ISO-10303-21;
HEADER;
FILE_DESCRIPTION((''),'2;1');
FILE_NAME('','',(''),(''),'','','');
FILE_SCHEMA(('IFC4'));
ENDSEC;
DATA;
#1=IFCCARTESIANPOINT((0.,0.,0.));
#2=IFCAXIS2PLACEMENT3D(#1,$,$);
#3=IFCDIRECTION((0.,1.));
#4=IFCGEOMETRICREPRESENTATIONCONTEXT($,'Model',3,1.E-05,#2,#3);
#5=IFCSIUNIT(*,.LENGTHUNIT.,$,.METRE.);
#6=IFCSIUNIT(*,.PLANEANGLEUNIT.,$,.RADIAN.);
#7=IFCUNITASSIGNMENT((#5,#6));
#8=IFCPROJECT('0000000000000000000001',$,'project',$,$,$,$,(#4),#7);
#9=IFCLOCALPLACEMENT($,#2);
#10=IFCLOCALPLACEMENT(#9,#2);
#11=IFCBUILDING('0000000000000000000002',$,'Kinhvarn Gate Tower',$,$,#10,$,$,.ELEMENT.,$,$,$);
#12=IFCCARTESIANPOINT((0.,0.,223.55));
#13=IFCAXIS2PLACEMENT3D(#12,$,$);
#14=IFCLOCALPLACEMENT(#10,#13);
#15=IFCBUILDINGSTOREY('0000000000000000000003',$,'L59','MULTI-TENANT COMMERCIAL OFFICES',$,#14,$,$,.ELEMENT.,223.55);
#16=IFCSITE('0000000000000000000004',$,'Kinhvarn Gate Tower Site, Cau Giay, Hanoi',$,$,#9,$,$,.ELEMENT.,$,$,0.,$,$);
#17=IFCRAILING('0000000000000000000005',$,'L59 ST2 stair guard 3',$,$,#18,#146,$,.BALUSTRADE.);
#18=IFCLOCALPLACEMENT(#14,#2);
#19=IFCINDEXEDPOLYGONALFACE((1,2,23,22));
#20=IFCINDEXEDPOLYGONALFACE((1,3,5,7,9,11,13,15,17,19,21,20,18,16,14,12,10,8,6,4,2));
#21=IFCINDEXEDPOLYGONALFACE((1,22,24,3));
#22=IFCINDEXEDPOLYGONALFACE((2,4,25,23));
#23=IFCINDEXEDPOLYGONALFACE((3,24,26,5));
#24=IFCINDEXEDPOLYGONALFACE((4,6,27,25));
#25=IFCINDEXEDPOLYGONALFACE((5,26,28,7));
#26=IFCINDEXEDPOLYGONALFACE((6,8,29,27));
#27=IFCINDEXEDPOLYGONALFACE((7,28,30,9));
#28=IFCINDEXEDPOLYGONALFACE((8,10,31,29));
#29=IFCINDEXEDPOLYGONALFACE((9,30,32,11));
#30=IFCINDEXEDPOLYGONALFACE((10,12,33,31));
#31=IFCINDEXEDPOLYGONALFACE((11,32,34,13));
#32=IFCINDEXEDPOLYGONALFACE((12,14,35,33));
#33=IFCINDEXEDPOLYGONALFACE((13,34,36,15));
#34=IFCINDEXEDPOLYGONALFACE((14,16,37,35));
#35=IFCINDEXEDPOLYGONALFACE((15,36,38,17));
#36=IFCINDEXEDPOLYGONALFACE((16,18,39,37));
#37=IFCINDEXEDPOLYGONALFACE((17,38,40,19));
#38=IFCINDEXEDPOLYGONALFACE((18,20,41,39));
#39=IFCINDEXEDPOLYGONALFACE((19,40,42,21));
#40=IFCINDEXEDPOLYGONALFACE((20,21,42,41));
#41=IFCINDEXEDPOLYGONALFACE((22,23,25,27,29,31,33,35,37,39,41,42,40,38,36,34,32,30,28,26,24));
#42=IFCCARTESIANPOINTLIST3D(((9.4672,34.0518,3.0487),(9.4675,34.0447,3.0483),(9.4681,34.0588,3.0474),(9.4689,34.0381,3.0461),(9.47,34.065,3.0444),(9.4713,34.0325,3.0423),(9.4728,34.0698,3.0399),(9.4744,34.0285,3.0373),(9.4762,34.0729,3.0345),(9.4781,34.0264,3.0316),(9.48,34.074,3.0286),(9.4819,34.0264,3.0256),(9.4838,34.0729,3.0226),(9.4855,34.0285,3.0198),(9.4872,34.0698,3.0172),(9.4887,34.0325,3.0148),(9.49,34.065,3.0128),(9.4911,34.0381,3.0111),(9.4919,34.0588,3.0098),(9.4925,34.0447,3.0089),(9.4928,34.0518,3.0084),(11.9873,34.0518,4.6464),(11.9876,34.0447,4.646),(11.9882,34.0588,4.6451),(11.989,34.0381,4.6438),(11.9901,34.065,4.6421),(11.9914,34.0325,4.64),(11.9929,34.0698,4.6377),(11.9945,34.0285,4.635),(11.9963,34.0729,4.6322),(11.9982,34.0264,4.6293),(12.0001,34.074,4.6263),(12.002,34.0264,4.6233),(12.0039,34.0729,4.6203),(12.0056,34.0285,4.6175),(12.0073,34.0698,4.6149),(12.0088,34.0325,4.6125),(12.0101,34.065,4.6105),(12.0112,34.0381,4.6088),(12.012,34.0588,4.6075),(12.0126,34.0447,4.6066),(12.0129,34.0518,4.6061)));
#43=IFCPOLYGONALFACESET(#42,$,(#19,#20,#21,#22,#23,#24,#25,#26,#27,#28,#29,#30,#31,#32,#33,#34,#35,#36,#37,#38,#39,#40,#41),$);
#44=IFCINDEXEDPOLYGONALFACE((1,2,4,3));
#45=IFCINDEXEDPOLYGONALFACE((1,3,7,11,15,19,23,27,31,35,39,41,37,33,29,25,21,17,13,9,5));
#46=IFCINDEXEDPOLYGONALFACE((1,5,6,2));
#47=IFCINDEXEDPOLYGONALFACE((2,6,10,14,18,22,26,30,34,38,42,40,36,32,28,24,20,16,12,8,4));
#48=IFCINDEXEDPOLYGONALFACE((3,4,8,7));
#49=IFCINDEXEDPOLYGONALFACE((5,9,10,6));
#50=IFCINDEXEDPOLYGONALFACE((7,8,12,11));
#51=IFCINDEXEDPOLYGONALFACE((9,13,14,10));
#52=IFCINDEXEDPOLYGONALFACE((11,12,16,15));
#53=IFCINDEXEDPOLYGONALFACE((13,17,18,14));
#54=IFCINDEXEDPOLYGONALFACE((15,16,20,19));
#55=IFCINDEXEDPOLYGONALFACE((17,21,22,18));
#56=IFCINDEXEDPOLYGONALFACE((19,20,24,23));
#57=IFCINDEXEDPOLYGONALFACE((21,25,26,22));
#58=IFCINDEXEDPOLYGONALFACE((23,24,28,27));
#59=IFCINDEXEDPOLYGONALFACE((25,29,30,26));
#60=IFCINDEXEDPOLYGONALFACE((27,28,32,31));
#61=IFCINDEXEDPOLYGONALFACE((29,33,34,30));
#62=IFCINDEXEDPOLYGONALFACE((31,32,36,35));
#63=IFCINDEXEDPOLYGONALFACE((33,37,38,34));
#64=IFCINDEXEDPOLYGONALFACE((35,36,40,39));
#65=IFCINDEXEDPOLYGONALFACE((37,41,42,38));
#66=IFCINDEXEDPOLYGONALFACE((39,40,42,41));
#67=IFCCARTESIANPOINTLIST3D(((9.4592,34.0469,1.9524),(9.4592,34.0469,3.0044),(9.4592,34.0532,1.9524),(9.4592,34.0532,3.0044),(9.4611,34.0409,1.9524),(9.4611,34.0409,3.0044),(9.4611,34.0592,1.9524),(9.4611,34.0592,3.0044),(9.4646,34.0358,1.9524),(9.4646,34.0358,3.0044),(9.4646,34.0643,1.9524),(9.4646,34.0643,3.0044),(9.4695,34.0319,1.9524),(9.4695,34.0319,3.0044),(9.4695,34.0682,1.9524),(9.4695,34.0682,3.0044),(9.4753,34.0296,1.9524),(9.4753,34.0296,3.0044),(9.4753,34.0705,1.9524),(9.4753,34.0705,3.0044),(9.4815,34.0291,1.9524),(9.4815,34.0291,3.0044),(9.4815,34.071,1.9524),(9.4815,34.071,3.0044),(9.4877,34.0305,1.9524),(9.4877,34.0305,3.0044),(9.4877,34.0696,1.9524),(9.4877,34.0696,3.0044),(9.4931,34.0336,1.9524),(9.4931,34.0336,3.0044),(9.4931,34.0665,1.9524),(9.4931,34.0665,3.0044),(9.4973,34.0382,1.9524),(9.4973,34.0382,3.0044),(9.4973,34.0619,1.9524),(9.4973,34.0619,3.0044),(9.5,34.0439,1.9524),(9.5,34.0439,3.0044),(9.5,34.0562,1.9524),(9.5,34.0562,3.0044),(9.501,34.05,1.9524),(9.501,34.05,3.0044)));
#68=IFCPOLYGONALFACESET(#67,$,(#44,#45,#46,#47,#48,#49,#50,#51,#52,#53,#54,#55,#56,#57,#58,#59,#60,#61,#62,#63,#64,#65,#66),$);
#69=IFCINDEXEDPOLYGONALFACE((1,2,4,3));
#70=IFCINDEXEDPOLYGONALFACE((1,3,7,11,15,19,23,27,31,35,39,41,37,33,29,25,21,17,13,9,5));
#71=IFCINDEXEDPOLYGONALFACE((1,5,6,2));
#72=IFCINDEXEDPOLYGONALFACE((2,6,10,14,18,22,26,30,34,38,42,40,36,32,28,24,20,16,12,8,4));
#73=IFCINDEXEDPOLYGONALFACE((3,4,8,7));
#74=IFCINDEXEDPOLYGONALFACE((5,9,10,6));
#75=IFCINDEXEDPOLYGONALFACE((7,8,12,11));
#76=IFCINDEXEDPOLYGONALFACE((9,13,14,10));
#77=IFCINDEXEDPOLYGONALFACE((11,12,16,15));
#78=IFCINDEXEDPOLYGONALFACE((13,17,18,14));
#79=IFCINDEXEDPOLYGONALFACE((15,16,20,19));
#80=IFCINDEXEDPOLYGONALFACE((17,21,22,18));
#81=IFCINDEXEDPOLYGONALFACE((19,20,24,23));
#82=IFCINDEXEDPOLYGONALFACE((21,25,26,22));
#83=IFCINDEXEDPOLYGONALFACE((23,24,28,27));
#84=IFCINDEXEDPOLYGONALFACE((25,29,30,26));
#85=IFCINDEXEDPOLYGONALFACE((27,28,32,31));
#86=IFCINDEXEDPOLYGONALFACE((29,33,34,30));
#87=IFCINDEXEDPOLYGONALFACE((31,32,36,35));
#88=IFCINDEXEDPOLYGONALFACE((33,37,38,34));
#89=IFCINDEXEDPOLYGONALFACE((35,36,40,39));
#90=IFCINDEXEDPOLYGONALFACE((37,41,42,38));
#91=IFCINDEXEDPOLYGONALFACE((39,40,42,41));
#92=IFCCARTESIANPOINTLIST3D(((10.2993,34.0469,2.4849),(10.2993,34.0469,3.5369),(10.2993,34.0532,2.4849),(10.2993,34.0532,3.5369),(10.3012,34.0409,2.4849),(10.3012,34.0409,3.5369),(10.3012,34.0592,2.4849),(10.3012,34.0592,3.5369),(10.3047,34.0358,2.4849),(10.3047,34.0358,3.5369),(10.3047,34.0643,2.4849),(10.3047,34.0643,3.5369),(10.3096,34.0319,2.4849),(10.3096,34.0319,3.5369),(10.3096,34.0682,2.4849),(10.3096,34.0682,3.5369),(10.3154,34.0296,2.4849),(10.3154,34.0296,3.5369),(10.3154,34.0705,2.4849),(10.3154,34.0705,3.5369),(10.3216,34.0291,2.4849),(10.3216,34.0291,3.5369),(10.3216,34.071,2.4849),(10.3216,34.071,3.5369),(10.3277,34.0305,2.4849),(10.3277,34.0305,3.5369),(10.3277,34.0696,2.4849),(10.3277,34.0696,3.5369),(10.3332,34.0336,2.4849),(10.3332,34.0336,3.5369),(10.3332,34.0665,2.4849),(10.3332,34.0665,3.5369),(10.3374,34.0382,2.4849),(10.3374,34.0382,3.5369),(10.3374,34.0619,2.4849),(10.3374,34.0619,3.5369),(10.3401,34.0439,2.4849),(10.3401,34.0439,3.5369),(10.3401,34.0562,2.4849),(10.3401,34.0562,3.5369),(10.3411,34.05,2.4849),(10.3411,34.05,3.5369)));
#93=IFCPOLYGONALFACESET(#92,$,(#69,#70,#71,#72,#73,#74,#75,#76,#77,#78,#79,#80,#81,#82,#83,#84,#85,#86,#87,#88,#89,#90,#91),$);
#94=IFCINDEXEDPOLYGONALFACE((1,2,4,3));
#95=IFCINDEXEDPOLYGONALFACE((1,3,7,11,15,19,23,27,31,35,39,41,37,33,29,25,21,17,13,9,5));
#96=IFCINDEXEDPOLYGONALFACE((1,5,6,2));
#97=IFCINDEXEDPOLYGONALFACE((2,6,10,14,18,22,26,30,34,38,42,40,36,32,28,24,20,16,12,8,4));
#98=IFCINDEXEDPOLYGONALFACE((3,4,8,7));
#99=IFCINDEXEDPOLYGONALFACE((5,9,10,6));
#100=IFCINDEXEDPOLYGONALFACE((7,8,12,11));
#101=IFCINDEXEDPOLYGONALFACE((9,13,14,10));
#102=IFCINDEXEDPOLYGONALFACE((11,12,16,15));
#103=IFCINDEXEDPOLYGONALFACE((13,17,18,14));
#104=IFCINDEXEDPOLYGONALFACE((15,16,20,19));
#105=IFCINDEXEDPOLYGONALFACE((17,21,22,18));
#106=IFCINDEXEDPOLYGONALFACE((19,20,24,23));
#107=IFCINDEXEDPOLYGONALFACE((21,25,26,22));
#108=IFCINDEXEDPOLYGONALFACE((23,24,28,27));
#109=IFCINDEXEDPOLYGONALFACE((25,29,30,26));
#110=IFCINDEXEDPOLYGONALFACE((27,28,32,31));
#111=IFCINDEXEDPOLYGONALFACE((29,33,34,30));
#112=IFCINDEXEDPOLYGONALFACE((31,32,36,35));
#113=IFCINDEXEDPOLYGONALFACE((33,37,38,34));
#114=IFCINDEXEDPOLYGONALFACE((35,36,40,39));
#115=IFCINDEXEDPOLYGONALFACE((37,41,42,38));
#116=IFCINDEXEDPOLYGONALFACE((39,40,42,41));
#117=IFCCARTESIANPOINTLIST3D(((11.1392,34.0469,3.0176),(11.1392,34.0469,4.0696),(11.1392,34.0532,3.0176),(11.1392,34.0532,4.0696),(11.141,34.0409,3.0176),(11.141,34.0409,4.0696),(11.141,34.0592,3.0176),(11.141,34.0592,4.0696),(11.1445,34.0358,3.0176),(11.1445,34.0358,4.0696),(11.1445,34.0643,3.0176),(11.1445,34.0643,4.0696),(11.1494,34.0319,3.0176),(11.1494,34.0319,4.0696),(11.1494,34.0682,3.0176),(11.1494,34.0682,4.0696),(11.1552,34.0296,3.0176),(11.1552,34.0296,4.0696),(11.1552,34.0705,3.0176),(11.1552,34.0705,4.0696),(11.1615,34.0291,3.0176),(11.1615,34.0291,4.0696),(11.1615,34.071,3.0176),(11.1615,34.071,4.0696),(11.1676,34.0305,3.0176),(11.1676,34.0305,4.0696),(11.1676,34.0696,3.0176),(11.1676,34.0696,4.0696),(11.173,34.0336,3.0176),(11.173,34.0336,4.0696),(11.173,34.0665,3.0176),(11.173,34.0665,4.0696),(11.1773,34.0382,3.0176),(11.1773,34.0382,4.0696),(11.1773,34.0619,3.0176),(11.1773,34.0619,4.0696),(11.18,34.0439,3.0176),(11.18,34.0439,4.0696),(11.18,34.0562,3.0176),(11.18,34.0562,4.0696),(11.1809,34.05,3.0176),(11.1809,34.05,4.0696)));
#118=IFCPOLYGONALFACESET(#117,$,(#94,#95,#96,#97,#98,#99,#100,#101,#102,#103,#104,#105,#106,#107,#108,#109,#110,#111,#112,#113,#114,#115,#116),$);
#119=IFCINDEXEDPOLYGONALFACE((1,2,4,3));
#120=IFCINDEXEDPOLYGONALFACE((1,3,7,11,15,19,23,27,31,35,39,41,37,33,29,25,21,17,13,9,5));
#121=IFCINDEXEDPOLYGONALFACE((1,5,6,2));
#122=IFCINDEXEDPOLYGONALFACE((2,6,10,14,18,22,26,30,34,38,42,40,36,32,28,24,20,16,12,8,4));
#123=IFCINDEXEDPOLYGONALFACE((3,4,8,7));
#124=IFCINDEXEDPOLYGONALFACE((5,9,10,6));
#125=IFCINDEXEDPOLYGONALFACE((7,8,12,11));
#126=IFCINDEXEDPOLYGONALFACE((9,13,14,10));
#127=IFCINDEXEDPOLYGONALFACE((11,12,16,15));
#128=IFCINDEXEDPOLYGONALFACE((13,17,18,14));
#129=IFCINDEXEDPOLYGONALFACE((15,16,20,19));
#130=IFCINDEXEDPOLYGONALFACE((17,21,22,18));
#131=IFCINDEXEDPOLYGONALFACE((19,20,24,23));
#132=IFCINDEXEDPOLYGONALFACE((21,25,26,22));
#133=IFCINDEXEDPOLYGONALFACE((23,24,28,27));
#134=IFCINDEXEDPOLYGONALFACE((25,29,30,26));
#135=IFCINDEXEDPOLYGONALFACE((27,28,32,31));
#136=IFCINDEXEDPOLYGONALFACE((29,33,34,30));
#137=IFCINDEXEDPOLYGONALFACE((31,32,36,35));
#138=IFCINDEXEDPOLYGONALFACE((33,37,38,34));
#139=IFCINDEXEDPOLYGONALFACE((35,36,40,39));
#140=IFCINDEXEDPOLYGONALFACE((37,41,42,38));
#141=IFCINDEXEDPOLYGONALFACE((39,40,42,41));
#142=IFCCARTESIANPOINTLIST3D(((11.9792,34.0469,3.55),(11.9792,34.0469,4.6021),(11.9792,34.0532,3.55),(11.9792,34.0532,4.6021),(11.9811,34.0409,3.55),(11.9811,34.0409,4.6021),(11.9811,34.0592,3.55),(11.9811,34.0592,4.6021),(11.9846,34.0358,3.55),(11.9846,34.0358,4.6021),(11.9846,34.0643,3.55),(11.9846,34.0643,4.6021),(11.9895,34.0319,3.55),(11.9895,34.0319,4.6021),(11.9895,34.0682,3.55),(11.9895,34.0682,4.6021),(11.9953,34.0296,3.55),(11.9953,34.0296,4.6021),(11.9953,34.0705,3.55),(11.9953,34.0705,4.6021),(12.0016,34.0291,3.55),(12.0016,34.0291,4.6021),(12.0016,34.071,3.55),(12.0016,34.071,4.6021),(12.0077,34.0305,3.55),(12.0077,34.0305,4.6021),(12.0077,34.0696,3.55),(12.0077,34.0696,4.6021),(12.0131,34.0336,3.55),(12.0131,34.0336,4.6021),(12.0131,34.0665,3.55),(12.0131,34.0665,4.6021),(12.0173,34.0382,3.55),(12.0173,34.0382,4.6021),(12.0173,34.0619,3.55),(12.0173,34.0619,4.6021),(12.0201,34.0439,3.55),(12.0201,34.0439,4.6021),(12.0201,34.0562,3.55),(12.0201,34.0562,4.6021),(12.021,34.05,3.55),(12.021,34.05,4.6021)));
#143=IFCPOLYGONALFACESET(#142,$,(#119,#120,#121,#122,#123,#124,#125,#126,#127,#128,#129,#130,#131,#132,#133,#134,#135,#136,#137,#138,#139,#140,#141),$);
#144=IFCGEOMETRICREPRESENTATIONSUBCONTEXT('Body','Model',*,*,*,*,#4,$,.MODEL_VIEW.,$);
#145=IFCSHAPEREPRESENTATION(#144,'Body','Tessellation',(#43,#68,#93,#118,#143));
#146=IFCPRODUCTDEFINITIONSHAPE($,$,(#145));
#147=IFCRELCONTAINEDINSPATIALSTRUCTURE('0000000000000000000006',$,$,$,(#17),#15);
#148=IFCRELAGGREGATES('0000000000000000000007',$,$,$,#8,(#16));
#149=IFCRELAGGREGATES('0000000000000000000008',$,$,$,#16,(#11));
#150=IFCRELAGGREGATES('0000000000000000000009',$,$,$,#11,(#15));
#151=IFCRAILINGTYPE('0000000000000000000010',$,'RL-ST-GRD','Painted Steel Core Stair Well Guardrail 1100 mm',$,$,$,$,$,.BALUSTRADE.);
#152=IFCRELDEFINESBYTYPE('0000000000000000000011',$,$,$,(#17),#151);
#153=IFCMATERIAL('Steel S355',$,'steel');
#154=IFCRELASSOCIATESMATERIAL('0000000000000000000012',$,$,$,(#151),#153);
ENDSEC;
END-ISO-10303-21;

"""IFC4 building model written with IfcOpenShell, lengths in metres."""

from ifc_helpers import new_model, si_unit, direction, frame, origin, origin_2d, place, context, subcontext, project, spatial, circle, extrude, material, type_object, element, save


model = new_model("IFC4")

# Units and contexts
model_context = context("Model", 3, precision=1e-05, world=origin(), true_north=direction((0.0, 1.0)))
body_context = subcontext(model_context, "Body", "Model", "MODEL_VIEW")
ifc_project = project(units=[si_unit("LENGTHUNIT", "METRE"), si_unit("PLANEANGLEUNIT", "RADIAN")], contexts=[model_context])

# Site, building, storey
site_placement = place(None, origin())
site = spatial("IfcSite", under=ifc_project, at=site_placement, Name="Kinhvarn Gate Tower Site, Cau Giay, Hanoi", CompositionType="ELEMENT", RefElevation=0.0)
building_placement = place(site_placement, origin())
building = spatial("IfcBuilding", under=site, at=building_placement, Name="Kinhvarn Gate Tower", CompositionType="ELEMENT")
storey_placement = place(building_placement, frame((0.0, 0.0, 223.55)))
storey = spatial("IfcBuildingStorey", under=building, at=storey_placement, Name="L59", Description="MULTI-TENANT COMMERCIAL OFFICES", CompositionType="ELEMENT", Elevation=223.55)

# Railing
ifc_material_1 = material(Name="Steel S355", Category="steel")
railing_type_1 = type_object("IfcRailingType", Name="RL-ST-GRD", Description="Painted Steel Core Stair Well Guardrail 1100 mm", PredefinedType="BALUSTRADE", material=ifc_material_1)
railing_1_placement = place(storey_placement, frame((9.48, 34.05, 1.9524)))
element("IfcRailing", 1, at=railing_1_placement, inside=storey, type_object=railing_type_1, Name="L59 ST2 stair guard 3", PredefinedType="BALUSTRADE", context=body_context, shape_type="SweptSolid", body=[
    extrude(circle(Radius=0.0239, at=origin_2d()), frame((0.0, 0.0, 1.0762), z_axis=(0.84457, 0.0, 0.535445), x_axis=(0.0, 1.0, 0.0)), (0.0, 0.0, 1.0), 2.9839),
    extrude(circle(Radius=0.021, at=origin_2d()), origin(), (0.0, 0.0, 1.0), 1.052),
    extrude(circle(Radius=0.021, at=origin_2d()), frame((0.8401, 0.0, 0.5325)), (0.0, 0.0, 1.0), 1.052),
    extrude(circle(Radius=0.021, at=origin_2d()), frame((1.6799, 0.0, 1.0652)), (0.0, 0.0, 1.0), 1.052),
    extrude(circle(Radius=0.021, at=origin_2d()), frame((2.52, 0.0, 1.5977)), (0.0, 0.0, 1.0), 1.052),
])

save(model, "model.ifc")
